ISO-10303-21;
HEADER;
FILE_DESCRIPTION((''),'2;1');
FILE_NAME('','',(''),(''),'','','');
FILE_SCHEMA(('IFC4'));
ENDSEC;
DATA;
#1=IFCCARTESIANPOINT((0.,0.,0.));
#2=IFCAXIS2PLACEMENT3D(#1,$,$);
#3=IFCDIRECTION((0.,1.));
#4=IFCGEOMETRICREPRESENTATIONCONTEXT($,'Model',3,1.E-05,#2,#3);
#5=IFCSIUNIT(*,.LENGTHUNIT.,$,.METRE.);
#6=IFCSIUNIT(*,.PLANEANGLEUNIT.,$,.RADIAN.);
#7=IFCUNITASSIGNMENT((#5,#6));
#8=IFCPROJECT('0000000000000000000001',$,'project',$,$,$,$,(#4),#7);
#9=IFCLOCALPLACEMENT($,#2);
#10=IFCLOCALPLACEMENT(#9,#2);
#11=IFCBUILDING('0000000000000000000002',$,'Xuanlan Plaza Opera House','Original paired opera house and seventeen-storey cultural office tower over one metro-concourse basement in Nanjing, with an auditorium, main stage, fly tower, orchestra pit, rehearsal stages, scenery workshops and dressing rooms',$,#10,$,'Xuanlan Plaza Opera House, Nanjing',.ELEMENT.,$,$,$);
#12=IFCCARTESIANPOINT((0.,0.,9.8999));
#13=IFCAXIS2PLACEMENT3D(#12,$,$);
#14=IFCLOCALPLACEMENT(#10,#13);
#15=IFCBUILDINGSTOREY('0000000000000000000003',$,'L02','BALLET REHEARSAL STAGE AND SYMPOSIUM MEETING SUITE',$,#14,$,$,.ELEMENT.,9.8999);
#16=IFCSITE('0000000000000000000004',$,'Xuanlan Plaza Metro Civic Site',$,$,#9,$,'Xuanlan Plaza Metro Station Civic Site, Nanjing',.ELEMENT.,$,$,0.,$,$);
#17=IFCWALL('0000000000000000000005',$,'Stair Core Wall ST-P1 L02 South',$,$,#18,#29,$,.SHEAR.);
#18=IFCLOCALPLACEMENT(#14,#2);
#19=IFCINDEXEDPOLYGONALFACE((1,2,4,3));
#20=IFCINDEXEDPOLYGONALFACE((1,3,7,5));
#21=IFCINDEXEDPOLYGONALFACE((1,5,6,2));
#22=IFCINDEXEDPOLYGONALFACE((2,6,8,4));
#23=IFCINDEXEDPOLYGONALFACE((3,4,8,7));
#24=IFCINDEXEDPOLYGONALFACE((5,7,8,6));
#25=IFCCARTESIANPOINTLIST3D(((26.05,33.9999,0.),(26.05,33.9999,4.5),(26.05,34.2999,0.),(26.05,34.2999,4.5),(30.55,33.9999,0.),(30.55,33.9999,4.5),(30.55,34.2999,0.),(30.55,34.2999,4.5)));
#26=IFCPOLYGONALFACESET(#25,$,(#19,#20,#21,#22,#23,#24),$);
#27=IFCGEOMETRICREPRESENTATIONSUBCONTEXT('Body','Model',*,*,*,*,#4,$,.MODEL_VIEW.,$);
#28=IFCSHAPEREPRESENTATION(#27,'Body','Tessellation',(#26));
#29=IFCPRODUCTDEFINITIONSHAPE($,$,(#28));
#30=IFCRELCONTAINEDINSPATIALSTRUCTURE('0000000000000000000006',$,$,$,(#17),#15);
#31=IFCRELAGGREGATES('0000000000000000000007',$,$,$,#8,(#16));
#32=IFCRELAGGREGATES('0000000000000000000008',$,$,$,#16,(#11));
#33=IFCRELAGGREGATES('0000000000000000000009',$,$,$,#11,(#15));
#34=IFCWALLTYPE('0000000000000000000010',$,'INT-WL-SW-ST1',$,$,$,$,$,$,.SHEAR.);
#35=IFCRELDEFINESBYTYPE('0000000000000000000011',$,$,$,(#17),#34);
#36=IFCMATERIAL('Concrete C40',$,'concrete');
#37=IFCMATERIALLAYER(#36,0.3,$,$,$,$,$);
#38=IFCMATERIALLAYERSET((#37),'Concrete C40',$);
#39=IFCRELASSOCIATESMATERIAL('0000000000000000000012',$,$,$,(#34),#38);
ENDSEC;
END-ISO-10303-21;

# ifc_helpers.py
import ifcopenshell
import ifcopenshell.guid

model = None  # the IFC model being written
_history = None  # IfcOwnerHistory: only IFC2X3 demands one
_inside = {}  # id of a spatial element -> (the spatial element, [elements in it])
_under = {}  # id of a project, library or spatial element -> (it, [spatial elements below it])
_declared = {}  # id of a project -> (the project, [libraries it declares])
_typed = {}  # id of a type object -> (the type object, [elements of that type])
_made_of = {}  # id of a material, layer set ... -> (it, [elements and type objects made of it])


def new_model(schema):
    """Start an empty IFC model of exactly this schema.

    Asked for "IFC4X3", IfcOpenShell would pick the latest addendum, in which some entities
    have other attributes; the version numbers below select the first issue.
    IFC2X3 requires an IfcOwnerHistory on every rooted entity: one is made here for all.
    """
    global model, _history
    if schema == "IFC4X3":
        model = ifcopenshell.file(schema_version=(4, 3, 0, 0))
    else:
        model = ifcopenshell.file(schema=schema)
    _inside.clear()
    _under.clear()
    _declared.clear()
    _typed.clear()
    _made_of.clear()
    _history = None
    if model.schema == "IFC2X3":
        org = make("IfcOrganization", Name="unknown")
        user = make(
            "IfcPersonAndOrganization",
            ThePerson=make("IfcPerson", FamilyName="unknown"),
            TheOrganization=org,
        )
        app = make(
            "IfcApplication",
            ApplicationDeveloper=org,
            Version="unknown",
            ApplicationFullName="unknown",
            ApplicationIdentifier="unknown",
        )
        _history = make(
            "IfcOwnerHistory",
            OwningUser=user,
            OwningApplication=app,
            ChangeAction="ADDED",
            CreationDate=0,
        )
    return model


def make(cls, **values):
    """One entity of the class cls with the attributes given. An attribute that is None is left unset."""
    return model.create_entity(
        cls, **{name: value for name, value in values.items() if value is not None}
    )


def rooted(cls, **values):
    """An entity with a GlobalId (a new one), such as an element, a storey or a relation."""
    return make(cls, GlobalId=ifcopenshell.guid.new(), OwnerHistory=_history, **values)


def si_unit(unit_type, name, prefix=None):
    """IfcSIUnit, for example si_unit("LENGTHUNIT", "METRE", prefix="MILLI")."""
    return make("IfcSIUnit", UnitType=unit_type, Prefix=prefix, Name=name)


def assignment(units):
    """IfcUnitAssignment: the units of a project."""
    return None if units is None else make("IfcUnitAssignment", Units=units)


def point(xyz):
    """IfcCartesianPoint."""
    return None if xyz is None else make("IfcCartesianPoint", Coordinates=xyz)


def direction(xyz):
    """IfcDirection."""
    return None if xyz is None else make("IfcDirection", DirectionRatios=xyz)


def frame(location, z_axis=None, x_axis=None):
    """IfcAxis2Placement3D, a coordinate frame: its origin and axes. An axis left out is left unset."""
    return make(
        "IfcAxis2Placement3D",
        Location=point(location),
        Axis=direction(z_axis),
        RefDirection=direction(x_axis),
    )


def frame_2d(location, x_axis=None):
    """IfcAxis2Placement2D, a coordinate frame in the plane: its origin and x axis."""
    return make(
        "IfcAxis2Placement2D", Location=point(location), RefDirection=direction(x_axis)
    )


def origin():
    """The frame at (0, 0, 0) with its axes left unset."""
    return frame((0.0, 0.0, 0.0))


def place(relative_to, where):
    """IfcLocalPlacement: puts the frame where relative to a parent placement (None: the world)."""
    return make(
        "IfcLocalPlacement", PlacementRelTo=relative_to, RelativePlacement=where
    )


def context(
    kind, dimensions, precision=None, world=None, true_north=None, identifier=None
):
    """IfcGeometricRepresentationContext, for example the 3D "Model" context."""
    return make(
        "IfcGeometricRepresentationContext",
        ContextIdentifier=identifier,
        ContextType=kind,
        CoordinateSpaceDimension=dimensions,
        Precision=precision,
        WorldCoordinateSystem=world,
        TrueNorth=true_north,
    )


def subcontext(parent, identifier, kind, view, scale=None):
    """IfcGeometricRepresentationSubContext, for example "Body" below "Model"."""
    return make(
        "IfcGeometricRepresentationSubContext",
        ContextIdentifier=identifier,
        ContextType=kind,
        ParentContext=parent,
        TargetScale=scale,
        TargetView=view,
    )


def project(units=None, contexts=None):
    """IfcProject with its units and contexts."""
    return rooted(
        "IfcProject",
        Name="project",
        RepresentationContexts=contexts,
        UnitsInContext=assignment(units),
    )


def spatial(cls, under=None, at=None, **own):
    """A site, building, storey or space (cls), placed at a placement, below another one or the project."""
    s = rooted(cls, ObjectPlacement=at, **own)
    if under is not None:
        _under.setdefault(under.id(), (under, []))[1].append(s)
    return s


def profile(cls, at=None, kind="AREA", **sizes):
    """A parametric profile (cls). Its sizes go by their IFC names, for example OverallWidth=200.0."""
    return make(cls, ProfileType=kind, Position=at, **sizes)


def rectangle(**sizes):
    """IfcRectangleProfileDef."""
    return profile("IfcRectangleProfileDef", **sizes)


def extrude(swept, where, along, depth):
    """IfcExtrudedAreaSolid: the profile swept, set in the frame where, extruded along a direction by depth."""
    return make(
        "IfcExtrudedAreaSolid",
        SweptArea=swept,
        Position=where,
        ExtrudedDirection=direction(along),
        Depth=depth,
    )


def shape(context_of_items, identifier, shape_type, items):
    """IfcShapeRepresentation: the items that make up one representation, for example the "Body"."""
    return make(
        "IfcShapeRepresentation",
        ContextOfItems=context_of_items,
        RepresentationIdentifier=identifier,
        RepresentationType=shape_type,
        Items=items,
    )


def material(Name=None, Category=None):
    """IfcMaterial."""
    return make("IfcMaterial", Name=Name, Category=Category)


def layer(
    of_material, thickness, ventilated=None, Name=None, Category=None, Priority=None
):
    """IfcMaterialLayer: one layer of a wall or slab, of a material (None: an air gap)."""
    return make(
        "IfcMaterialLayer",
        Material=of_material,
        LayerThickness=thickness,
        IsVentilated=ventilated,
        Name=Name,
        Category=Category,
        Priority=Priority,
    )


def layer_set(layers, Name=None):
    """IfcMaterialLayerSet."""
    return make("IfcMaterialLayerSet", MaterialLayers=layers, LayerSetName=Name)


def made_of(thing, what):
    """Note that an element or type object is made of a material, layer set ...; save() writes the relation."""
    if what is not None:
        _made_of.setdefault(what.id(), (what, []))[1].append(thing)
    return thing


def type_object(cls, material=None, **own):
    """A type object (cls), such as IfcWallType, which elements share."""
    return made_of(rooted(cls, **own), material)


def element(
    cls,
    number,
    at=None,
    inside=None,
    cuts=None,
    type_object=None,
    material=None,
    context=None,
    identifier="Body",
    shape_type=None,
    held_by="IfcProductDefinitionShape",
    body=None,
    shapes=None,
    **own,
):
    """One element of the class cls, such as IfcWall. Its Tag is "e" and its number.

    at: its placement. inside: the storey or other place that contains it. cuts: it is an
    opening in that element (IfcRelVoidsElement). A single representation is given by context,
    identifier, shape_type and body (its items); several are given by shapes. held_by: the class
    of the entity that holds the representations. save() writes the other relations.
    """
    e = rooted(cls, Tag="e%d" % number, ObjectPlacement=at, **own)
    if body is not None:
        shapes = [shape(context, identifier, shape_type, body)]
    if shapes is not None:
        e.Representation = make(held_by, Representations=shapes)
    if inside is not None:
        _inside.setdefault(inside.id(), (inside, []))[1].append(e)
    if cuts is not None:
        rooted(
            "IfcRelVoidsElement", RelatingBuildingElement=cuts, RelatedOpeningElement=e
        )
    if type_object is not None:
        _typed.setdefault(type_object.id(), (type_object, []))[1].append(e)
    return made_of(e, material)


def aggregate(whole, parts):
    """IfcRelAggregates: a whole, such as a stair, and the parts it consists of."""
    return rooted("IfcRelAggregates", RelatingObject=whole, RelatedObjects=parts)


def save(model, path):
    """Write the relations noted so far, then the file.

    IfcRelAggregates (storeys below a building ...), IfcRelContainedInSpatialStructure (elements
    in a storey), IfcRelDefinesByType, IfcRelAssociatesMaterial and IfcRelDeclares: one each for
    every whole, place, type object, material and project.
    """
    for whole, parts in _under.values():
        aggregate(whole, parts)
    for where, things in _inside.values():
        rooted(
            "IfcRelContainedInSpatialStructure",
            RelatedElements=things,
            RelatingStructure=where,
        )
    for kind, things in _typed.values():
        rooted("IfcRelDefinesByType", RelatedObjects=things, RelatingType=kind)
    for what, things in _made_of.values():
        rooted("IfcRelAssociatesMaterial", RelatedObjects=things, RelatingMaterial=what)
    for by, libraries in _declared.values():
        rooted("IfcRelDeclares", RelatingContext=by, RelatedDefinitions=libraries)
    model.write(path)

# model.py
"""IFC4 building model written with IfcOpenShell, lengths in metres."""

from ifc_helpers import new_model, si_unit, direction, frame, frame_2d, origin, place, context, subcontext, project, spatial, rectangle, extrude, material, layer, layer_set, type_object, element, save


model = new_model("IFC4")

# Units and contexts
model_context = context("Model", 3, precision=1e-05, world=origin(), true_north=direction((0.0, 1.0)))
body_context = subcontext(model_context, "Body", "Model", "MODEL_VIEW")
ifc_project = project(units=[si_unit("LENGTHUNIT", "METRE"), si_unit("PLANEANGLEUNIT", "RADIAN")], contexts=[model_context])

# Site, building, storey
site_placement = place(None, origin())
site = spatial("IfcSite", under=ifc_project, at=site_placement, Name="Xuanlan Plaza Metro Civic Site", LongName="Xuanlan Plaza Metro Station Civic Site, Nanjing", CompositionType="ELEMENT", RefElevation=0.0)
building_placement = place(site_placement, origin())
building = spatial("IfcBuilding", under=site, at=building_placement, Name="Xuanlan Plaza Opera House", Description="Original paired opera house and seventeen-storey cultural office tower over one metro-concourse basement in Nanjing, with an auditorium, main stage, fly tower, orchestra pit, rehearsal stages, scenery workshops and dressing rooms", LongName="Xuanlan Plaza Opera House, Nanjing", CompositionType="ELEMENT")
storey_placement = place(building_placement, frame((0.0, 0.0, 9.8999)))
storey = spatial("IfcBuildingStorey", under=building, at=storey_placement, Name="L02", Description="BALLET REHEARSAL STAGE AND SYMPOSIUM MEETING SUITE", CompositionType="ELEMENT", Elevation=9.8999)

# Shared definitions
ifc_material_1 = material(Name="Concrete C40", Category="concrete")

# Wall
ifc_layer_1 = layer(ifc_material_1, 0.3)
ifc_layer_set_1 = layer_set([ifc_layer_1], Name="Concrete C40")
wall_type_1 = type_object("IfcWallType", Name="INT-WL-SW-ST1", PredefinedType="SHEAR", material=ifc_layer_set_1)
wall_1_placement = place(storey_placement, frame((26.05, 34.1499, 0.0), z_axis=(0.0, 0.0, 1.0), x_axis=(1.0, 0.0, 0.0)))
element("IfcWall", 1, at=wall_1_placement, inside=storey, type_object=wall_type_1, Name="Stair Core Wall ST-P1 L02 South", PredefinedType="SHEAR", context=body_context, shape_type="SweptSolid", body=[
    extrude(rectangle(XDim=4.5, YDim=0.3, at=frame_2d((2.25, 0.0))), origin(), (0.0, 0.0, 1.0), 4.5),
])

save(model, "model.ifc")
